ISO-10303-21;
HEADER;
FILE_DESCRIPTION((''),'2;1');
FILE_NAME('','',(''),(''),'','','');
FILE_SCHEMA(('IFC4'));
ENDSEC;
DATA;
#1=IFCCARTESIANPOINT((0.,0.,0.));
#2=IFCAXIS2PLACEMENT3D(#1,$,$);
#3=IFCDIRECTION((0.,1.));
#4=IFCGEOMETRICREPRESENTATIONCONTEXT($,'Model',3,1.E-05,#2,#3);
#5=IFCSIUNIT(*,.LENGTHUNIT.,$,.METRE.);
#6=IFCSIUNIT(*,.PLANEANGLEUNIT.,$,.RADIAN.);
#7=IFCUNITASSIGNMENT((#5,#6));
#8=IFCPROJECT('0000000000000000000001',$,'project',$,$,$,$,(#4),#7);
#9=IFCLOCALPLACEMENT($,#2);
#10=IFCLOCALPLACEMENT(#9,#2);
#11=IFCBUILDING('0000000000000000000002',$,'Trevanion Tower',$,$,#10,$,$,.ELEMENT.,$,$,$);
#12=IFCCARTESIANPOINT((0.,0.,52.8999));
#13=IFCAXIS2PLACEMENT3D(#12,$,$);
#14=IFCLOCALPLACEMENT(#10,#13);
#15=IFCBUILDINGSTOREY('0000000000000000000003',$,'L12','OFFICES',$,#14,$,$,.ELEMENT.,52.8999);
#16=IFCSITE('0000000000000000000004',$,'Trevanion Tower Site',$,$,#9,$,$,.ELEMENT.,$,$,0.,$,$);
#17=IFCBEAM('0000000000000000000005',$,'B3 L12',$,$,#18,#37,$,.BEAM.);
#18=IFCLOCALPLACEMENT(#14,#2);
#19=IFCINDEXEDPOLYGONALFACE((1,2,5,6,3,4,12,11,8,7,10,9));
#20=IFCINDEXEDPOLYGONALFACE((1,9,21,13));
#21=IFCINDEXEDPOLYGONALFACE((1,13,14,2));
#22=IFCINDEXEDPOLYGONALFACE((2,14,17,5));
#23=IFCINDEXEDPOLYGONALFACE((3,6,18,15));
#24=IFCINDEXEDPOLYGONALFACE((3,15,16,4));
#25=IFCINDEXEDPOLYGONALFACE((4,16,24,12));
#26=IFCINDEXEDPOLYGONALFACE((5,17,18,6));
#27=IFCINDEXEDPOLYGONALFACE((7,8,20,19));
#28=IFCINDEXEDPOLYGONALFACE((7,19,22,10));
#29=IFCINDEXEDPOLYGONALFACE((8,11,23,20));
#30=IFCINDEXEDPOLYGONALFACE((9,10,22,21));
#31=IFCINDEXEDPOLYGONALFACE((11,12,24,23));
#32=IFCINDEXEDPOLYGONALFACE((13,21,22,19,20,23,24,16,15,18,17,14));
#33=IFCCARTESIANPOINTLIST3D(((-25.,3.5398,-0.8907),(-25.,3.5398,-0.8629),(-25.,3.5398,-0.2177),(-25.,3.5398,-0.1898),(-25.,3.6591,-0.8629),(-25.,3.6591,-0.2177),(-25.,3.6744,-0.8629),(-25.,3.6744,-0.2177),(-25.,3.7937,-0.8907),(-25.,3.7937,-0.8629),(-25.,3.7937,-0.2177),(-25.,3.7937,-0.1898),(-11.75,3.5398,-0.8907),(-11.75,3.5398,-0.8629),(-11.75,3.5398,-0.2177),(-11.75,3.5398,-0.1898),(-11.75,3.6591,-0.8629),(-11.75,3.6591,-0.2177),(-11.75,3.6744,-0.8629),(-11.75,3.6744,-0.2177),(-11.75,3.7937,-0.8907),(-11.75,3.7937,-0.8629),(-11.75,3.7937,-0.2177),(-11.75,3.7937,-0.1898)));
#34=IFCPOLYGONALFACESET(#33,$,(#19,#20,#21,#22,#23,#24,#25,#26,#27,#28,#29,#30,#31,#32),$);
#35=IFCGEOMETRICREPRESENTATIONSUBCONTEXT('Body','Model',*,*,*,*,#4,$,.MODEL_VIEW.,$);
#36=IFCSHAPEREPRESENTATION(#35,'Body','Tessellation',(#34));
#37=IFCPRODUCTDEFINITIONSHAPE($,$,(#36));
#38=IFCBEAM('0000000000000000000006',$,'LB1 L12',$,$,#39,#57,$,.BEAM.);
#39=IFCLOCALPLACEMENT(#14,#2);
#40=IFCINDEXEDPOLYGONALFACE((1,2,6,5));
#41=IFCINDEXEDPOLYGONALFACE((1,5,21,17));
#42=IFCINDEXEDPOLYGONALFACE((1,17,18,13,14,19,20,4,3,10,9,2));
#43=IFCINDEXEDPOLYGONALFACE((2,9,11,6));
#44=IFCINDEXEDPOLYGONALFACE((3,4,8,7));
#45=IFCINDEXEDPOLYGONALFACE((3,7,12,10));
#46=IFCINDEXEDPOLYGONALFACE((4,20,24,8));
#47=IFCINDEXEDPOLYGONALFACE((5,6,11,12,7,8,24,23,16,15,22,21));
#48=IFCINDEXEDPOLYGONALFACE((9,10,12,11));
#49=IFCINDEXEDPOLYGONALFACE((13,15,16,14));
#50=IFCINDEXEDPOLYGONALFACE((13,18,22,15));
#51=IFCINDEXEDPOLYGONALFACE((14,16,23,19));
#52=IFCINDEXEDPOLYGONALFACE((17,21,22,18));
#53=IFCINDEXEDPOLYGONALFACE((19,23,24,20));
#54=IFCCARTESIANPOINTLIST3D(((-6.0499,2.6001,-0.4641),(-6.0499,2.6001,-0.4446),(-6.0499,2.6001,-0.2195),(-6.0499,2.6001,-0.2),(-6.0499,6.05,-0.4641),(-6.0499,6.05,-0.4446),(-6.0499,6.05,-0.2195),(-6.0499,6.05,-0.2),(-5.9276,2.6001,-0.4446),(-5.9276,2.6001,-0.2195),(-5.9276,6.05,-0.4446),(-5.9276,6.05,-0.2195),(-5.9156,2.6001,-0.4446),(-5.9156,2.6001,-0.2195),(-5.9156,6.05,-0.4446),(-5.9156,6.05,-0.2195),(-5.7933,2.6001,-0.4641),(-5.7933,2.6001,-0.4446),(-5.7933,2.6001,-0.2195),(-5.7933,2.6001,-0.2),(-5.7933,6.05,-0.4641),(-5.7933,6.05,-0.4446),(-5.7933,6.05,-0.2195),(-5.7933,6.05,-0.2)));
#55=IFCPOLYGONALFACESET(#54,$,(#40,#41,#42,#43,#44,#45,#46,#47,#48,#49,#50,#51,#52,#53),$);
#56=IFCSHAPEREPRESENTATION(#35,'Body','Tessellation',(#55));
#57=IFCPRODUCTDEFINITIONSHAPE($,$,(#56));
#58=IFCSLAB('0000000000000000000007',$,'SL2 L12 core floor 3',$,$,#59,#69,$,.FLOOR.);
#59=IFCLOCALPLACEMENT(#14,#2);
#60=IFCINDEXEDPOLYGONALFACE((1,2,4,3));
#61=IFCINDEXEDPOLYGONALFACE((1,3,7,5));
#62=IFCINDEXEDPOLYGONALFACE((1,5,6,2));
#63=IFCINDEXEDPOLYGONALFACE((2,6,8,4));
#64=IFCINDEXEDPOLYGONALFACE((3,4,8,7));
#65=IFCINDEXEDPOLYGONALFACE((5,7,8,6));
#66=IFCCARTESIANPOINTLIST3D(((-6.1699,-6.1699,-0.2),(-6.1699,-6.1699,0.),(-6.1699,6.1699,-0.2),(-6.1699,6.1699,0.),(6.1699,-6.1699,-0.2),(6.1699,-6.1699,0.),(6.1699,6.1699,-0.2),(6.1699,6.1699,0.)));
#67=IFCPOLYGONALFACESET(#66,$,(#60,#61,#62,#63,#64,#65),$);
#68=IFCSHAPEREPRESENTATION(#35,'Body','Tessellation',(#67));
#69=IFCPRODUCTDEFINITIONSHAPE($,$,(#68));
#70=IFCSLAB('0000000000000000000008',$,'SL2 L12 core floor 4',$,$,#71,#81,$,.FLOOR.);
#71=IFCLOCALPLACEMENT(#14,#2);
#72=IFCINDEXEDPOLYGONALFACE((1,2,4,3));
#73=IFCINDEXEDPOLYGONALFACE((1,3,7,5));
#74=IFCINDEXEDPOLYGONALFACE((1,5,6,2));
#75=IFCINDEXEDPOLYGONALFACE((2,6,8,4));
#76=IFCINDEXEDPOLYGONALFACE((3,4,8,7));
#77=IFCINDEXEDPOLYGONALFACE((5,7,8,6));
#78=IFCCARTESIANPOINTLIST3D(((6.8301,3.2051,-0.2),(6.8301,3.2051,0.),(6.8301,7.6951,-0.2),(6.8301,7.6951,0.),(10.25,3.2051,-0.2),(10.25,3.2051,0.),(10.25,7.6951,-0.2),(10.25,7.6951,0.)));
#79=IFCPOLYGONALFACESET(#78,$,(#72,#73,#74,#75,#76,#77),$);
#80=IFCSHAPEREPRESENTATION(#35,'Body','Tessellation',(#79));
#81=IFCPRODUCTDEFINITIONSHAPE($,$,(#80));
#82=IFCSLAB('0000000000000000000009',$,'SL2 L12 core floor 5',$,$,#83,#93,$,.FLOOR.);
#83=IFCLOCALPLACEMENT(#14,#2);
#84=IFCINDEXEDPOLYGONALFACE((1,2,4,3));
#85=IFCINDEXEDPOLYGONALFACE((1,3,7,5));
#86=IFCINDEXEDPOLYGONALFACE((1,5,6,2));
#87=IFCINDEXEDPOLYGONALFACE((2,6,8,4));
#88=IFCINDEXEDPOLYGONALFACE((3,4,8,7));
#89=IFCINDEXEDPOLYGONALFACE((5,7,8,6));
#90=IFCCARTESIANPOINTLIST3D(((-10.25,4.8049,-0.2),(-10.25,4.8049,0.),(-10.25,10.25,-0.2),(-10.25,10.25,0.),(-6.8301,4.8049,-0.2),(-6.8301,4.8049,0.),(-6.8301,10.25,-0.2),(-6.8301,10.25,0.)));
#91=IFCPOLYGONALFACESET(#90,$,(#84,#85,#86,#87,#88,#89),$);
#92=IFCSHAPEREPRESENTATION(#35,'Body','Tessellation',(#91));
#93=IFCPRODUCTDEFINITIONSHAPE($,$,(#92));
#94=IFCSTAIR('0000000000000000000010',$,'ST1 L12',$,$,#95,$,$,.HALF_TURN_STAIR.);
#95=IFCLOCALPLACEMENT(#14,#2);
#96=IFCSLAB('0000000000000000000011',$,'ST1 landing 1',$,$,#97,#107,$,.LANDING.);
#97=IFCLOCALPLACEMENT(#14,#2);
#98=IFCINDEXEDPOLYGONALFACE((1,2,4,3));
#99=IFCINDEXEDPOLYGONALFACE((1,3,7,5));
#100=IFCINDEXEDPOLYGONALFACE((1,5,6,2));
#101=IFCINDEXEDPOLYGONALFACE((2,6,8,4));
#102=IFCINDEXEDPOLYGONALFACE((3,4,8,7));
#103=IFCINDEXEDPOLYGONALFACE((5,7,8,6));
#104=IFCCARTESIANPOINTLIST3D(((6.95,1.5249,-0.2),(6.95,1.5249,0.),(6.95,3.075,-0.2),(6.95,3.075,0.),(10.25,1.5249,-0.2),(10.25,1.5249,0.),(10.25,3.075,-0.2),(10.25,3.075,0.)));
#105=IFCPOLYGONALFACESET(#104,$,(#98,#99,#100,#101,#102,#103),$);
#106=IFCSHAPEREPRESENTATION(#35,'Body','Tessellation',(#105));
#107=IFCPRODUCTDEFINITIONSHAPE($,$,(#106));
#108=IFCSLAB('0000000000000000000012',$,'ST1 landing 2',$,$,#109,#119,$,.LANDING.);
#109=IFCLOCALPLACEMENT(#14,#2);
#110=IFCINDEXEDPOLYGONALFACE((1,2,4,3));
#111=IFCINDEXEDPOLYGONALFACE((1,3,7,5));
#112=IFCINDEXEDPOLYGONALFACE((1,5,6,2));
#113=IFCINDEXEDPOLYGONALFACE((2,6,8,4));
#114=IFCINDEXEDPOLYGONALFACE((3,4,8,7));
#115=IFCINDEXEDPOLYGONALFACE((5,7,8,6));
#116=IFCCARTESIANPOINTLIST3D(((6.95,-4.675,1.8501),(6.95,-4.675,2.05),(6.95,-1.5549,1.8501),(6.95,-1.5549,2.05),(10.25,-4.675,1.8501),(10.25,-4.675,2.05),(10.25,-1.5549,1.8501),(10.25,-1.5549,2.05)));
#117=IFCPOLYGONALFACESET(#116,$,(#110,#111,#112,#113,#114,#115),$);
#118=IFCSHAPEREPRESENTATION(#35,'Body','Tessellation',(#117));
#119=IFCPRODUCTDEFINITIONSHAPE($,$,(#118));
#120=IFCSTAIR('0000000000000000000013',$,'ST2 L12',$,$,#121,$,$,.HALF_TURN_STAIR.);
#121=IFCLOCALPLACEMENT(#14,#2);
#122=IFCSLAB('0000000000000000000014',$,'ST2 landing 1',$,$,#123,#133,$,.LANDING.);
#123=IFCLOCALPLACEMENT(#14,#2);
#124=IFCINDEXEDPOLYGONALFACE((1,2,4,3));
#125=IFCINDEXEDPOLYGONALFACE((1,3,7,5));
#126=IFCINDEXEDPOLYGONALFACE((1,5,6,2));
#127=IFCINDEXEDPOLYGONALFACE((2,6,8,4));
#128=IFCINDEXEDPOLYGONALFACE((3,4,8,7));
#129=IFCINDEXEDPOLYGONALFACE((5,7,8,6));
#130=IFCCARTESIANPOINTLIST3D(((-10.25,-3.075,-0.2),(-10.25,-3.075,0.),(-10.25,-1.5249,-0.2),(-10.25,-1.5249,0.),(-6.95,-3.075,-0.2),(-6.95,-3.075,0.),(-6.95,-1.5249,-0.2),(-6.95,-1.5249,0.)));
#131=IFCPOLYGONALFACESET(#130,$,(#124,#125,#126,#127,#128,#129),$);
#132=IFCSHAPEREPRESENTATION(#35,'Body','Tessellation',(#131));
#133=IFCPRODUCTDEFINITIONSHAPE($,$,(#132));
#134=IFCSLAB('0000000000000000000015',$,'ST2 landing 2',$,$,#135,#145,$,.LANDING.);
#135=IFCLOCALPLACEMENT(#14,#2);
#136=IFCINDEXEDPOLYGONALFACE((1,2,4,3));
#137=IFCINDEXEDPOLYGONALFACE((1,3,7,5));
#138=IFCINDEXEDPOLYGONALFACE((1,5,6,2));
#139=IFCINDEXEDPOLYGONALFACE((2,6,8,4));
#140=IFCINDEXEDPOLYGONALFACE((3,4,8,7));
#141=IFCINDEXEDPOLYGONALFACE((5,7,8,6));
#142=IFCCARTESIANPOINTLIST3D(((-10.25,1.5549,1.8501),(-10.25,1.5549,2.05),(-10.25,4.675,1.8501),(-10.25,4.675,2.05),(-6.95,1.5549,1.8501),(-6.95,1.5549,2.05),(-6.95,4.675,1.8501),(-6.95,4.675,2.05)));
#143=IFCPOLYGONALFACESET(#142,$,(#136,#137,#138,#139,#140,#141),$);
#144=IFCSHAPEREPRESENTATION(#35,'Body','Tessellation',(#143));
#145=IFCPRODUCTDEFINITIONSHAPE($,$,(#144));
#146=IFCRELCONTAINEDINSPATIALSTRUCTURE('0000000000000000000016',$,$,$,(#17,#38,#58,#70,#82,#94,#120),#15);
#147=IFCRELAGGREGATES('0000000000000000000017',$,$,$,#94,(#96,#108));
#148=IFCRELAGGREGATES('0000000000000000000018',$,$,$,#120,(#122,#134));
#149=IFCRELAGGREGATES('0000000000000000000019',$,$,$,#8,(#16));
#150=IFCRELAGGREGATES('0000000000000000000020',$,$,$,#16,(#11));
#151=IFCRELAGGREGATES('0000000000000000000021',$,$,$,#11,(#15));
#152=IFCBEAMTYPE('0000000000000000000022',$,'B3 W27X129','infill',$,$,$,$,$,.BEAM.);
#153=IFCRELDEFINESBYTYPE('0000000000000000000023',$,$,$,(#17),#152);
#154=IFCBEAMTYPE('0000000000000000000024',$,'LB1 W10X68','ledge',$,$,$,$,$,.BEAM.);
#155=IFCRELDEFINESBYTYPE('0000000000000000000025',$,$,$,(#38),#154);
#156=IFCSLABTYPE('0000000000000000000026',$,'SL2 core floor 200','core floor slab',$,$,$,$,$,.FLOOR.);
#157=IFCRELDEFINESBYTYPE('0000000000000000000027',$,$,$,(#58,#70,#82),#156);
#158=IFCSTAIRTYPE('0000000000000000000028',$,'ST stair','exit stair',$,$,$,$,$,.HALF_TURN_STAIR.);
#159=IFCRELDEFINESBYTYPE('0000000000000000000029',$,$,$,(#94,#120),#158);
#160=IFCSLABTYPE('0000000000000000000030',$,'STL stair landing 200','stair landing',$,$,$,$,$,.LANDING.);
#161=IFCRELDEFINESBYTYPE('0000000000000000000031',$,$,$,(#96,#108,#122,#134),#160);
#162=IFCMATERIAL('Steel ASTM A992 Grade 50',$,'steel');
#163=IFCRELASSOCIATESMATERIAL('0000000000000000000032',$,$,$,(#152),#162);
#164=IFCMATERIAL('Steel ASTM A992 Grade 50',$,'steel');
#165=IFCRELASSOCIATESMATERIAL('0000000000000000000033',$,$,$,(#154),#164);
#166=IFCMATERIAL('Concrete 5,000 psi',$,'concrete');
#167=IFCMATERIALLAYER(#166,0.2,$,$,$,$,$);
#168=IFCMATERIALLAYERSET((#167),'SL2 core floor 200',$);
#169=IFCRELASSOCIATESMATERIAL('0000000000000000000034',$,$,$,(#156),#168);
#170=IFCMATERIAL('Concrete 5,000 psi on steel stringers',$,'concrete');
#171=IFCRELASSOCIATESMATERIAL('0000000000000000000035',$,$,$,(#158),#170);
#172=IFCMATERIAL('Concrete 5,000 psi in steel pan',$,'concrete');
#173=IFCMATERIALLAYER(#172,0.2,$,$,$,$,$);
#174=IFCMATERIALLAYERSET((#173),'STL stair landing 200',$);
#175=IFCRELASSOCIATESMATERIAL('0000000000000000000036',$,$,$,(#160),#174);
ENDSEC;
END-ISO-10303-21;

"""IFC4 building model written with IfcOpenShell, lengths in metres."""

from ifc_helpers import new_model, si_unit, direction, frame, origin, origin_2d, place, context, subcontext, project, spatial, polyline, i_section, outline, extrude, material, layer, layer_set, material_profile, profile_set, type_object, element, aggregate, save


model = new_model("IFC4")

# Units and contexts
model_context = context("Model", 3, precision=1e-05, world=origin(), true_north=direction((0.0, 1.0)))
body_context = subcontext(model_context, "Body", "Model", "MODEL_VIEW")
ifc_project = project(units=[si_unit("LENGTHUNIT", "METRE"), si_unit("PLANEANGLEUNIT", "RADIAN")], contexts=[model_context])

# Site, building, storey
site_placement = place(None, origin())
site = spatial("IfcSite", under=ifc_project, at=site_placement, Name="Trevanion Tower Site", CompositionType="ELEMENT", RefElevation=0.0)
building_placement = place(site_placement, origin())
building = spatial("IfcBuilding", under=site, at=building_placement, Name="Trevanion Tower", CompositionType="ELEMENT")
storey_placement = place(building_placement, frame((0.0, 0.0, 52.8999)))
storey = spatial("IfcBuildingStorey", under=building, at=storey_placement, Name="L12", Description="OFFICES", CompositionType="ELEMENT", Elevation=52.8999)

# Beams
ifc_material_1 = material(Name="Steel ASTM A992 Grade 50", Category="steel")
ifc_material_profile_1 = material_profile(ifc_material_1, i_section(OverallWidth=0.2539, OverallDepth=0.7009, WebThickness=0.0154, FlangeThickness=0.0278, at=origin_2d()), Name="W27X129")
ifc_profile_set_1 = profile_set([ifc_material_profile_1], Name="Steel ASTM A992 Grade 50")
beam_type_1 = type_object("IfcBeamType", Name="B3 W27X129", Description="infill", PredefinedType="BEAM", material=ifc_profile_set_1)
beam_1_placement = place(storey_placement, frame((-11.75, 3.6667, -0.5403), z_axis=(-1.0, 0.0, 0.0), x_axis=(0.0, -1.0, 0.0)))
element("IfcBeam", 1, at=beam_1_placement, inside=storey, type_object=beam_type_1, Name="B3 L12", PredefinedType="BEAM", context=body_context, shape_type="SweptSolid", body=[
    extrude(i_section(OverallWidth=0.2539, OverallDepth=0.7009, WebThickness=0.0154, FlangeThickness=0.0278, at=origin_2d()), origin(), (0.0, 0.0, 1.0), 13.25),
])
ifc_material_2 = material(Name="Steel ASTM A992 Grade 50", Category="steel")
ifc_material_profile_2 = material_profile(ifc_material_2, i_section(OverallWidth=0.2566, OverallDepth=0.2642, WebThickness=0.012, FlangeThickness=0.0195, at=origin_2d()), Name="W10X68")
ifc_profile_set_2 = profile_set([ifc_material_profile_2], Name="Steel ASTM A992 Grade 50")
beam_type_2 = type_object("IfcBeamType", Name="LB1 W10X68", Description="ledge", PredefinedType="BEAM", material=ifc_profile_set_2)
beam_2_placement = place(storey_placement, frame((-5.9216, 2.6001, -0.332), z_axis=(0.0, 1.0, 0.0), x_axis=(-1.0, 0.0, 0.0)))
element("IfcBeam", 2, at=beam_2_placement, inside=storey, type_object=beam_type_2, Name="LB1 L12", PredefinedType="BEAM", context=body_context, shape_type="SweptSolid", body=[
    extrude(i_section(OverallWidth=0.2566, OverallDepth=0.2642, WebThickness=0.012, FlangeThickness=0.0195, at=origin_2d()), origin(), (0.0, 0.0, 1.0), 3.45),
])

# Slabs
ifc_material_3 = material(Name="Concrete 5,000 psi", Category="concrete")
ifc_layer_1 = layer(ifc_material_3, 0.2)
ifc_layer_set_1 = layer_set([ifc_layer_1], Name="SL2 core floor 200")
slab_type_1 = type_object("IfcSlabType", Name="SL2 core floor 200", Description="core floor slab", PredefinedType="FLOOR", material=ifc_layer_set_1)
slab_1_placement = place(storey_placement, frame((0.0, 0.0, -0.2)))
element("IfcSlab", 3, at=slab_1_placement, inside=storey, type_object=slab_type_1, Name="SL2 L12 core floor 3", PredefinedType="FLOOR", context=body_context, shape_type="SweptSolid", body=[
    extrude(outline(polyline([(6.1699, -6.1699), (-6.1699, -6.1699), (-6.1699, 6.1699), (6.1699, 6.1699), (6.1699, -6.1699)])), origin(), (0.0, 0.0, 1.0), 0.2),
])
slab_2_placement = place(storey_placement, frame((0.0, 0.0, -0.2)))
element("IfcSlab", 4, at=slab_2_placement, inside=storey, type_object=slab_type_1, Name="SL2 L12 core floor 4", PredefinedType="FLOOR", context=body_context, shape_type="SweptSolid", body=[
    extrude(outline(polyline([(6.8301, 3.2051), (6.8301, 7.6951), (10.25, 7.6951), (10.25, 3.2051), (6.8301, 3.2051)])), origin(), (0.0, 0.0, 1.0), 0.2),
])
slab_3_placement = place(storey_placement, frame((0.0, 0.0, -0.2)))
element("IfcSlab", 5, at=slab_3_placement, inside=storey, type_object=slab_type_1, Name="SL2 L12 core floor 5", PredefinedType="FLOOR", context=body_context, shape_type="SweptSolid", body=[
    extrude(outline(polyline([(-6.8301, 4.8049), (-10.25, 4.8049), (-10.25, 10.25), (-6.8301, 10.25), (-6.8301, 4.8049)])), origin(), (0.0, 0.0, 1.0), 0.2),
])

# Stairs, slabs
ifc_material_4 = material(Name="Concrete 5,000 psi on steel stringers", Category="concrete")
stair_type = type_object("IfcStairType", Name="ST stair", Description="exit stair", PredefinedType="HALF_TURN_STAIR", material=ifc_material_4)
stair_1_placement = place(storey_placement, origin())
stair_1 = element("IfcStair", 6, at=stair_1_placement, inside=storey, type_object=stair_type, Name="ST1 L12", PredefinedType="HALF_TURN_STAIR")
ifc_material_5 = material(Name="Concrete 5,000 psi in steel pan", Category="concrete")
ifc_layer_2 = layer(ifc_material_5, 0.2)
ifc_layer_set_2 = layer_set([ifc_layer_2], Name="STL stair landing 200")
slab_type_2 = type_object("IfcSlabType", Name="STL stair landing 200", Description="stair landing", PredefinedType="LANDING", material=ifc_layer_set_2)
slab_4_placement = place(storey_placement, frame((0.0, 0.0, -0.2)))
slab_4 = element("IfcSlab", 7, at=slab_4_placement, type_object=slab_type_2, Name="ST1 landing 1", PredefinedType="LANDING", context=body_context, shape_type="SweptSolid", body=[
    extrude(outline(polyline([(6.95, 1.5249), (10.25, 1.5249), (10.25, 3.075), (6.95, 3.075), (6.95, 1.5249)])), origin(), (0.0, 0.0, 1.0), 0.2),
])
slab_5_placement = place(storey_placement, frame((0.0, 0.0, 1.8501)))
slab_5 = element("IfcSlab", 8, at=slab_5_placement, type_object=slab_type_2, Name="ST1 landing 2", PredefinedType="LANDING", context=body_context, shape_type="SweptSolid", body=[
    extrude(outline(polyline([(6.95, -4.675), (10.25, -4.675), (10.25, -1.5549), (6.95, -1.5549), (6.95, -4.675)])), origin(), (0.0, 0.0, 1.0), 0.2),
])
aggregate(stair_1, [slab_4, slab_5])
stair_2_placement = place(storey_placement, origin())
stair_2 = element("IfcStair", 9, at=stair_2_placement, inside=storey, type_object=stair_type, Name="ST2 L12", PredefinedType="HALF_TURN_STAIR")
slab_6_placement = place(storey_placement, frame((0.0, 0.0, -0.2)))
slab_6 = element("IfcSlab", 10, at=slab_6_placement, type_object=slab_type_2, Name="ST2 landing 1", PredefinedType="LANDING", context=body_context, shape_type="SweptSolid", body=[
    extrude(outline(polyline([(-6.95, -1.5249), (-10.25, -1.5249), (-10.25, -3.075), (-6.95, -3.075), (-6.95, -1.5249)])), origin(), (0.0, 0.0, 1.0), 0.2),
])
slab_7_placement = place(storey_placement, frame((0.0, 0.0, 1.8501)))
slab_7 = element("IfcSlab", 11, at=slab_7_placement, type_object=slab_type_2, Name="ST2 landing 2", PredefinedType="LANDING", context=body_context, shape_type="SweptSolid", body=[
    extrude(outline(polyline([(-6.95, 4.675), (-10.25, 4.675), (-10.25, 1.5549), (-6.95, 1.5549), (-6.95, 4.675)])), origin(), (0.0, 0.0, 1.0), 0.2),
])

aggregate(stair_2, [slab_6, slab_7])

save(model, "model.ifc")
